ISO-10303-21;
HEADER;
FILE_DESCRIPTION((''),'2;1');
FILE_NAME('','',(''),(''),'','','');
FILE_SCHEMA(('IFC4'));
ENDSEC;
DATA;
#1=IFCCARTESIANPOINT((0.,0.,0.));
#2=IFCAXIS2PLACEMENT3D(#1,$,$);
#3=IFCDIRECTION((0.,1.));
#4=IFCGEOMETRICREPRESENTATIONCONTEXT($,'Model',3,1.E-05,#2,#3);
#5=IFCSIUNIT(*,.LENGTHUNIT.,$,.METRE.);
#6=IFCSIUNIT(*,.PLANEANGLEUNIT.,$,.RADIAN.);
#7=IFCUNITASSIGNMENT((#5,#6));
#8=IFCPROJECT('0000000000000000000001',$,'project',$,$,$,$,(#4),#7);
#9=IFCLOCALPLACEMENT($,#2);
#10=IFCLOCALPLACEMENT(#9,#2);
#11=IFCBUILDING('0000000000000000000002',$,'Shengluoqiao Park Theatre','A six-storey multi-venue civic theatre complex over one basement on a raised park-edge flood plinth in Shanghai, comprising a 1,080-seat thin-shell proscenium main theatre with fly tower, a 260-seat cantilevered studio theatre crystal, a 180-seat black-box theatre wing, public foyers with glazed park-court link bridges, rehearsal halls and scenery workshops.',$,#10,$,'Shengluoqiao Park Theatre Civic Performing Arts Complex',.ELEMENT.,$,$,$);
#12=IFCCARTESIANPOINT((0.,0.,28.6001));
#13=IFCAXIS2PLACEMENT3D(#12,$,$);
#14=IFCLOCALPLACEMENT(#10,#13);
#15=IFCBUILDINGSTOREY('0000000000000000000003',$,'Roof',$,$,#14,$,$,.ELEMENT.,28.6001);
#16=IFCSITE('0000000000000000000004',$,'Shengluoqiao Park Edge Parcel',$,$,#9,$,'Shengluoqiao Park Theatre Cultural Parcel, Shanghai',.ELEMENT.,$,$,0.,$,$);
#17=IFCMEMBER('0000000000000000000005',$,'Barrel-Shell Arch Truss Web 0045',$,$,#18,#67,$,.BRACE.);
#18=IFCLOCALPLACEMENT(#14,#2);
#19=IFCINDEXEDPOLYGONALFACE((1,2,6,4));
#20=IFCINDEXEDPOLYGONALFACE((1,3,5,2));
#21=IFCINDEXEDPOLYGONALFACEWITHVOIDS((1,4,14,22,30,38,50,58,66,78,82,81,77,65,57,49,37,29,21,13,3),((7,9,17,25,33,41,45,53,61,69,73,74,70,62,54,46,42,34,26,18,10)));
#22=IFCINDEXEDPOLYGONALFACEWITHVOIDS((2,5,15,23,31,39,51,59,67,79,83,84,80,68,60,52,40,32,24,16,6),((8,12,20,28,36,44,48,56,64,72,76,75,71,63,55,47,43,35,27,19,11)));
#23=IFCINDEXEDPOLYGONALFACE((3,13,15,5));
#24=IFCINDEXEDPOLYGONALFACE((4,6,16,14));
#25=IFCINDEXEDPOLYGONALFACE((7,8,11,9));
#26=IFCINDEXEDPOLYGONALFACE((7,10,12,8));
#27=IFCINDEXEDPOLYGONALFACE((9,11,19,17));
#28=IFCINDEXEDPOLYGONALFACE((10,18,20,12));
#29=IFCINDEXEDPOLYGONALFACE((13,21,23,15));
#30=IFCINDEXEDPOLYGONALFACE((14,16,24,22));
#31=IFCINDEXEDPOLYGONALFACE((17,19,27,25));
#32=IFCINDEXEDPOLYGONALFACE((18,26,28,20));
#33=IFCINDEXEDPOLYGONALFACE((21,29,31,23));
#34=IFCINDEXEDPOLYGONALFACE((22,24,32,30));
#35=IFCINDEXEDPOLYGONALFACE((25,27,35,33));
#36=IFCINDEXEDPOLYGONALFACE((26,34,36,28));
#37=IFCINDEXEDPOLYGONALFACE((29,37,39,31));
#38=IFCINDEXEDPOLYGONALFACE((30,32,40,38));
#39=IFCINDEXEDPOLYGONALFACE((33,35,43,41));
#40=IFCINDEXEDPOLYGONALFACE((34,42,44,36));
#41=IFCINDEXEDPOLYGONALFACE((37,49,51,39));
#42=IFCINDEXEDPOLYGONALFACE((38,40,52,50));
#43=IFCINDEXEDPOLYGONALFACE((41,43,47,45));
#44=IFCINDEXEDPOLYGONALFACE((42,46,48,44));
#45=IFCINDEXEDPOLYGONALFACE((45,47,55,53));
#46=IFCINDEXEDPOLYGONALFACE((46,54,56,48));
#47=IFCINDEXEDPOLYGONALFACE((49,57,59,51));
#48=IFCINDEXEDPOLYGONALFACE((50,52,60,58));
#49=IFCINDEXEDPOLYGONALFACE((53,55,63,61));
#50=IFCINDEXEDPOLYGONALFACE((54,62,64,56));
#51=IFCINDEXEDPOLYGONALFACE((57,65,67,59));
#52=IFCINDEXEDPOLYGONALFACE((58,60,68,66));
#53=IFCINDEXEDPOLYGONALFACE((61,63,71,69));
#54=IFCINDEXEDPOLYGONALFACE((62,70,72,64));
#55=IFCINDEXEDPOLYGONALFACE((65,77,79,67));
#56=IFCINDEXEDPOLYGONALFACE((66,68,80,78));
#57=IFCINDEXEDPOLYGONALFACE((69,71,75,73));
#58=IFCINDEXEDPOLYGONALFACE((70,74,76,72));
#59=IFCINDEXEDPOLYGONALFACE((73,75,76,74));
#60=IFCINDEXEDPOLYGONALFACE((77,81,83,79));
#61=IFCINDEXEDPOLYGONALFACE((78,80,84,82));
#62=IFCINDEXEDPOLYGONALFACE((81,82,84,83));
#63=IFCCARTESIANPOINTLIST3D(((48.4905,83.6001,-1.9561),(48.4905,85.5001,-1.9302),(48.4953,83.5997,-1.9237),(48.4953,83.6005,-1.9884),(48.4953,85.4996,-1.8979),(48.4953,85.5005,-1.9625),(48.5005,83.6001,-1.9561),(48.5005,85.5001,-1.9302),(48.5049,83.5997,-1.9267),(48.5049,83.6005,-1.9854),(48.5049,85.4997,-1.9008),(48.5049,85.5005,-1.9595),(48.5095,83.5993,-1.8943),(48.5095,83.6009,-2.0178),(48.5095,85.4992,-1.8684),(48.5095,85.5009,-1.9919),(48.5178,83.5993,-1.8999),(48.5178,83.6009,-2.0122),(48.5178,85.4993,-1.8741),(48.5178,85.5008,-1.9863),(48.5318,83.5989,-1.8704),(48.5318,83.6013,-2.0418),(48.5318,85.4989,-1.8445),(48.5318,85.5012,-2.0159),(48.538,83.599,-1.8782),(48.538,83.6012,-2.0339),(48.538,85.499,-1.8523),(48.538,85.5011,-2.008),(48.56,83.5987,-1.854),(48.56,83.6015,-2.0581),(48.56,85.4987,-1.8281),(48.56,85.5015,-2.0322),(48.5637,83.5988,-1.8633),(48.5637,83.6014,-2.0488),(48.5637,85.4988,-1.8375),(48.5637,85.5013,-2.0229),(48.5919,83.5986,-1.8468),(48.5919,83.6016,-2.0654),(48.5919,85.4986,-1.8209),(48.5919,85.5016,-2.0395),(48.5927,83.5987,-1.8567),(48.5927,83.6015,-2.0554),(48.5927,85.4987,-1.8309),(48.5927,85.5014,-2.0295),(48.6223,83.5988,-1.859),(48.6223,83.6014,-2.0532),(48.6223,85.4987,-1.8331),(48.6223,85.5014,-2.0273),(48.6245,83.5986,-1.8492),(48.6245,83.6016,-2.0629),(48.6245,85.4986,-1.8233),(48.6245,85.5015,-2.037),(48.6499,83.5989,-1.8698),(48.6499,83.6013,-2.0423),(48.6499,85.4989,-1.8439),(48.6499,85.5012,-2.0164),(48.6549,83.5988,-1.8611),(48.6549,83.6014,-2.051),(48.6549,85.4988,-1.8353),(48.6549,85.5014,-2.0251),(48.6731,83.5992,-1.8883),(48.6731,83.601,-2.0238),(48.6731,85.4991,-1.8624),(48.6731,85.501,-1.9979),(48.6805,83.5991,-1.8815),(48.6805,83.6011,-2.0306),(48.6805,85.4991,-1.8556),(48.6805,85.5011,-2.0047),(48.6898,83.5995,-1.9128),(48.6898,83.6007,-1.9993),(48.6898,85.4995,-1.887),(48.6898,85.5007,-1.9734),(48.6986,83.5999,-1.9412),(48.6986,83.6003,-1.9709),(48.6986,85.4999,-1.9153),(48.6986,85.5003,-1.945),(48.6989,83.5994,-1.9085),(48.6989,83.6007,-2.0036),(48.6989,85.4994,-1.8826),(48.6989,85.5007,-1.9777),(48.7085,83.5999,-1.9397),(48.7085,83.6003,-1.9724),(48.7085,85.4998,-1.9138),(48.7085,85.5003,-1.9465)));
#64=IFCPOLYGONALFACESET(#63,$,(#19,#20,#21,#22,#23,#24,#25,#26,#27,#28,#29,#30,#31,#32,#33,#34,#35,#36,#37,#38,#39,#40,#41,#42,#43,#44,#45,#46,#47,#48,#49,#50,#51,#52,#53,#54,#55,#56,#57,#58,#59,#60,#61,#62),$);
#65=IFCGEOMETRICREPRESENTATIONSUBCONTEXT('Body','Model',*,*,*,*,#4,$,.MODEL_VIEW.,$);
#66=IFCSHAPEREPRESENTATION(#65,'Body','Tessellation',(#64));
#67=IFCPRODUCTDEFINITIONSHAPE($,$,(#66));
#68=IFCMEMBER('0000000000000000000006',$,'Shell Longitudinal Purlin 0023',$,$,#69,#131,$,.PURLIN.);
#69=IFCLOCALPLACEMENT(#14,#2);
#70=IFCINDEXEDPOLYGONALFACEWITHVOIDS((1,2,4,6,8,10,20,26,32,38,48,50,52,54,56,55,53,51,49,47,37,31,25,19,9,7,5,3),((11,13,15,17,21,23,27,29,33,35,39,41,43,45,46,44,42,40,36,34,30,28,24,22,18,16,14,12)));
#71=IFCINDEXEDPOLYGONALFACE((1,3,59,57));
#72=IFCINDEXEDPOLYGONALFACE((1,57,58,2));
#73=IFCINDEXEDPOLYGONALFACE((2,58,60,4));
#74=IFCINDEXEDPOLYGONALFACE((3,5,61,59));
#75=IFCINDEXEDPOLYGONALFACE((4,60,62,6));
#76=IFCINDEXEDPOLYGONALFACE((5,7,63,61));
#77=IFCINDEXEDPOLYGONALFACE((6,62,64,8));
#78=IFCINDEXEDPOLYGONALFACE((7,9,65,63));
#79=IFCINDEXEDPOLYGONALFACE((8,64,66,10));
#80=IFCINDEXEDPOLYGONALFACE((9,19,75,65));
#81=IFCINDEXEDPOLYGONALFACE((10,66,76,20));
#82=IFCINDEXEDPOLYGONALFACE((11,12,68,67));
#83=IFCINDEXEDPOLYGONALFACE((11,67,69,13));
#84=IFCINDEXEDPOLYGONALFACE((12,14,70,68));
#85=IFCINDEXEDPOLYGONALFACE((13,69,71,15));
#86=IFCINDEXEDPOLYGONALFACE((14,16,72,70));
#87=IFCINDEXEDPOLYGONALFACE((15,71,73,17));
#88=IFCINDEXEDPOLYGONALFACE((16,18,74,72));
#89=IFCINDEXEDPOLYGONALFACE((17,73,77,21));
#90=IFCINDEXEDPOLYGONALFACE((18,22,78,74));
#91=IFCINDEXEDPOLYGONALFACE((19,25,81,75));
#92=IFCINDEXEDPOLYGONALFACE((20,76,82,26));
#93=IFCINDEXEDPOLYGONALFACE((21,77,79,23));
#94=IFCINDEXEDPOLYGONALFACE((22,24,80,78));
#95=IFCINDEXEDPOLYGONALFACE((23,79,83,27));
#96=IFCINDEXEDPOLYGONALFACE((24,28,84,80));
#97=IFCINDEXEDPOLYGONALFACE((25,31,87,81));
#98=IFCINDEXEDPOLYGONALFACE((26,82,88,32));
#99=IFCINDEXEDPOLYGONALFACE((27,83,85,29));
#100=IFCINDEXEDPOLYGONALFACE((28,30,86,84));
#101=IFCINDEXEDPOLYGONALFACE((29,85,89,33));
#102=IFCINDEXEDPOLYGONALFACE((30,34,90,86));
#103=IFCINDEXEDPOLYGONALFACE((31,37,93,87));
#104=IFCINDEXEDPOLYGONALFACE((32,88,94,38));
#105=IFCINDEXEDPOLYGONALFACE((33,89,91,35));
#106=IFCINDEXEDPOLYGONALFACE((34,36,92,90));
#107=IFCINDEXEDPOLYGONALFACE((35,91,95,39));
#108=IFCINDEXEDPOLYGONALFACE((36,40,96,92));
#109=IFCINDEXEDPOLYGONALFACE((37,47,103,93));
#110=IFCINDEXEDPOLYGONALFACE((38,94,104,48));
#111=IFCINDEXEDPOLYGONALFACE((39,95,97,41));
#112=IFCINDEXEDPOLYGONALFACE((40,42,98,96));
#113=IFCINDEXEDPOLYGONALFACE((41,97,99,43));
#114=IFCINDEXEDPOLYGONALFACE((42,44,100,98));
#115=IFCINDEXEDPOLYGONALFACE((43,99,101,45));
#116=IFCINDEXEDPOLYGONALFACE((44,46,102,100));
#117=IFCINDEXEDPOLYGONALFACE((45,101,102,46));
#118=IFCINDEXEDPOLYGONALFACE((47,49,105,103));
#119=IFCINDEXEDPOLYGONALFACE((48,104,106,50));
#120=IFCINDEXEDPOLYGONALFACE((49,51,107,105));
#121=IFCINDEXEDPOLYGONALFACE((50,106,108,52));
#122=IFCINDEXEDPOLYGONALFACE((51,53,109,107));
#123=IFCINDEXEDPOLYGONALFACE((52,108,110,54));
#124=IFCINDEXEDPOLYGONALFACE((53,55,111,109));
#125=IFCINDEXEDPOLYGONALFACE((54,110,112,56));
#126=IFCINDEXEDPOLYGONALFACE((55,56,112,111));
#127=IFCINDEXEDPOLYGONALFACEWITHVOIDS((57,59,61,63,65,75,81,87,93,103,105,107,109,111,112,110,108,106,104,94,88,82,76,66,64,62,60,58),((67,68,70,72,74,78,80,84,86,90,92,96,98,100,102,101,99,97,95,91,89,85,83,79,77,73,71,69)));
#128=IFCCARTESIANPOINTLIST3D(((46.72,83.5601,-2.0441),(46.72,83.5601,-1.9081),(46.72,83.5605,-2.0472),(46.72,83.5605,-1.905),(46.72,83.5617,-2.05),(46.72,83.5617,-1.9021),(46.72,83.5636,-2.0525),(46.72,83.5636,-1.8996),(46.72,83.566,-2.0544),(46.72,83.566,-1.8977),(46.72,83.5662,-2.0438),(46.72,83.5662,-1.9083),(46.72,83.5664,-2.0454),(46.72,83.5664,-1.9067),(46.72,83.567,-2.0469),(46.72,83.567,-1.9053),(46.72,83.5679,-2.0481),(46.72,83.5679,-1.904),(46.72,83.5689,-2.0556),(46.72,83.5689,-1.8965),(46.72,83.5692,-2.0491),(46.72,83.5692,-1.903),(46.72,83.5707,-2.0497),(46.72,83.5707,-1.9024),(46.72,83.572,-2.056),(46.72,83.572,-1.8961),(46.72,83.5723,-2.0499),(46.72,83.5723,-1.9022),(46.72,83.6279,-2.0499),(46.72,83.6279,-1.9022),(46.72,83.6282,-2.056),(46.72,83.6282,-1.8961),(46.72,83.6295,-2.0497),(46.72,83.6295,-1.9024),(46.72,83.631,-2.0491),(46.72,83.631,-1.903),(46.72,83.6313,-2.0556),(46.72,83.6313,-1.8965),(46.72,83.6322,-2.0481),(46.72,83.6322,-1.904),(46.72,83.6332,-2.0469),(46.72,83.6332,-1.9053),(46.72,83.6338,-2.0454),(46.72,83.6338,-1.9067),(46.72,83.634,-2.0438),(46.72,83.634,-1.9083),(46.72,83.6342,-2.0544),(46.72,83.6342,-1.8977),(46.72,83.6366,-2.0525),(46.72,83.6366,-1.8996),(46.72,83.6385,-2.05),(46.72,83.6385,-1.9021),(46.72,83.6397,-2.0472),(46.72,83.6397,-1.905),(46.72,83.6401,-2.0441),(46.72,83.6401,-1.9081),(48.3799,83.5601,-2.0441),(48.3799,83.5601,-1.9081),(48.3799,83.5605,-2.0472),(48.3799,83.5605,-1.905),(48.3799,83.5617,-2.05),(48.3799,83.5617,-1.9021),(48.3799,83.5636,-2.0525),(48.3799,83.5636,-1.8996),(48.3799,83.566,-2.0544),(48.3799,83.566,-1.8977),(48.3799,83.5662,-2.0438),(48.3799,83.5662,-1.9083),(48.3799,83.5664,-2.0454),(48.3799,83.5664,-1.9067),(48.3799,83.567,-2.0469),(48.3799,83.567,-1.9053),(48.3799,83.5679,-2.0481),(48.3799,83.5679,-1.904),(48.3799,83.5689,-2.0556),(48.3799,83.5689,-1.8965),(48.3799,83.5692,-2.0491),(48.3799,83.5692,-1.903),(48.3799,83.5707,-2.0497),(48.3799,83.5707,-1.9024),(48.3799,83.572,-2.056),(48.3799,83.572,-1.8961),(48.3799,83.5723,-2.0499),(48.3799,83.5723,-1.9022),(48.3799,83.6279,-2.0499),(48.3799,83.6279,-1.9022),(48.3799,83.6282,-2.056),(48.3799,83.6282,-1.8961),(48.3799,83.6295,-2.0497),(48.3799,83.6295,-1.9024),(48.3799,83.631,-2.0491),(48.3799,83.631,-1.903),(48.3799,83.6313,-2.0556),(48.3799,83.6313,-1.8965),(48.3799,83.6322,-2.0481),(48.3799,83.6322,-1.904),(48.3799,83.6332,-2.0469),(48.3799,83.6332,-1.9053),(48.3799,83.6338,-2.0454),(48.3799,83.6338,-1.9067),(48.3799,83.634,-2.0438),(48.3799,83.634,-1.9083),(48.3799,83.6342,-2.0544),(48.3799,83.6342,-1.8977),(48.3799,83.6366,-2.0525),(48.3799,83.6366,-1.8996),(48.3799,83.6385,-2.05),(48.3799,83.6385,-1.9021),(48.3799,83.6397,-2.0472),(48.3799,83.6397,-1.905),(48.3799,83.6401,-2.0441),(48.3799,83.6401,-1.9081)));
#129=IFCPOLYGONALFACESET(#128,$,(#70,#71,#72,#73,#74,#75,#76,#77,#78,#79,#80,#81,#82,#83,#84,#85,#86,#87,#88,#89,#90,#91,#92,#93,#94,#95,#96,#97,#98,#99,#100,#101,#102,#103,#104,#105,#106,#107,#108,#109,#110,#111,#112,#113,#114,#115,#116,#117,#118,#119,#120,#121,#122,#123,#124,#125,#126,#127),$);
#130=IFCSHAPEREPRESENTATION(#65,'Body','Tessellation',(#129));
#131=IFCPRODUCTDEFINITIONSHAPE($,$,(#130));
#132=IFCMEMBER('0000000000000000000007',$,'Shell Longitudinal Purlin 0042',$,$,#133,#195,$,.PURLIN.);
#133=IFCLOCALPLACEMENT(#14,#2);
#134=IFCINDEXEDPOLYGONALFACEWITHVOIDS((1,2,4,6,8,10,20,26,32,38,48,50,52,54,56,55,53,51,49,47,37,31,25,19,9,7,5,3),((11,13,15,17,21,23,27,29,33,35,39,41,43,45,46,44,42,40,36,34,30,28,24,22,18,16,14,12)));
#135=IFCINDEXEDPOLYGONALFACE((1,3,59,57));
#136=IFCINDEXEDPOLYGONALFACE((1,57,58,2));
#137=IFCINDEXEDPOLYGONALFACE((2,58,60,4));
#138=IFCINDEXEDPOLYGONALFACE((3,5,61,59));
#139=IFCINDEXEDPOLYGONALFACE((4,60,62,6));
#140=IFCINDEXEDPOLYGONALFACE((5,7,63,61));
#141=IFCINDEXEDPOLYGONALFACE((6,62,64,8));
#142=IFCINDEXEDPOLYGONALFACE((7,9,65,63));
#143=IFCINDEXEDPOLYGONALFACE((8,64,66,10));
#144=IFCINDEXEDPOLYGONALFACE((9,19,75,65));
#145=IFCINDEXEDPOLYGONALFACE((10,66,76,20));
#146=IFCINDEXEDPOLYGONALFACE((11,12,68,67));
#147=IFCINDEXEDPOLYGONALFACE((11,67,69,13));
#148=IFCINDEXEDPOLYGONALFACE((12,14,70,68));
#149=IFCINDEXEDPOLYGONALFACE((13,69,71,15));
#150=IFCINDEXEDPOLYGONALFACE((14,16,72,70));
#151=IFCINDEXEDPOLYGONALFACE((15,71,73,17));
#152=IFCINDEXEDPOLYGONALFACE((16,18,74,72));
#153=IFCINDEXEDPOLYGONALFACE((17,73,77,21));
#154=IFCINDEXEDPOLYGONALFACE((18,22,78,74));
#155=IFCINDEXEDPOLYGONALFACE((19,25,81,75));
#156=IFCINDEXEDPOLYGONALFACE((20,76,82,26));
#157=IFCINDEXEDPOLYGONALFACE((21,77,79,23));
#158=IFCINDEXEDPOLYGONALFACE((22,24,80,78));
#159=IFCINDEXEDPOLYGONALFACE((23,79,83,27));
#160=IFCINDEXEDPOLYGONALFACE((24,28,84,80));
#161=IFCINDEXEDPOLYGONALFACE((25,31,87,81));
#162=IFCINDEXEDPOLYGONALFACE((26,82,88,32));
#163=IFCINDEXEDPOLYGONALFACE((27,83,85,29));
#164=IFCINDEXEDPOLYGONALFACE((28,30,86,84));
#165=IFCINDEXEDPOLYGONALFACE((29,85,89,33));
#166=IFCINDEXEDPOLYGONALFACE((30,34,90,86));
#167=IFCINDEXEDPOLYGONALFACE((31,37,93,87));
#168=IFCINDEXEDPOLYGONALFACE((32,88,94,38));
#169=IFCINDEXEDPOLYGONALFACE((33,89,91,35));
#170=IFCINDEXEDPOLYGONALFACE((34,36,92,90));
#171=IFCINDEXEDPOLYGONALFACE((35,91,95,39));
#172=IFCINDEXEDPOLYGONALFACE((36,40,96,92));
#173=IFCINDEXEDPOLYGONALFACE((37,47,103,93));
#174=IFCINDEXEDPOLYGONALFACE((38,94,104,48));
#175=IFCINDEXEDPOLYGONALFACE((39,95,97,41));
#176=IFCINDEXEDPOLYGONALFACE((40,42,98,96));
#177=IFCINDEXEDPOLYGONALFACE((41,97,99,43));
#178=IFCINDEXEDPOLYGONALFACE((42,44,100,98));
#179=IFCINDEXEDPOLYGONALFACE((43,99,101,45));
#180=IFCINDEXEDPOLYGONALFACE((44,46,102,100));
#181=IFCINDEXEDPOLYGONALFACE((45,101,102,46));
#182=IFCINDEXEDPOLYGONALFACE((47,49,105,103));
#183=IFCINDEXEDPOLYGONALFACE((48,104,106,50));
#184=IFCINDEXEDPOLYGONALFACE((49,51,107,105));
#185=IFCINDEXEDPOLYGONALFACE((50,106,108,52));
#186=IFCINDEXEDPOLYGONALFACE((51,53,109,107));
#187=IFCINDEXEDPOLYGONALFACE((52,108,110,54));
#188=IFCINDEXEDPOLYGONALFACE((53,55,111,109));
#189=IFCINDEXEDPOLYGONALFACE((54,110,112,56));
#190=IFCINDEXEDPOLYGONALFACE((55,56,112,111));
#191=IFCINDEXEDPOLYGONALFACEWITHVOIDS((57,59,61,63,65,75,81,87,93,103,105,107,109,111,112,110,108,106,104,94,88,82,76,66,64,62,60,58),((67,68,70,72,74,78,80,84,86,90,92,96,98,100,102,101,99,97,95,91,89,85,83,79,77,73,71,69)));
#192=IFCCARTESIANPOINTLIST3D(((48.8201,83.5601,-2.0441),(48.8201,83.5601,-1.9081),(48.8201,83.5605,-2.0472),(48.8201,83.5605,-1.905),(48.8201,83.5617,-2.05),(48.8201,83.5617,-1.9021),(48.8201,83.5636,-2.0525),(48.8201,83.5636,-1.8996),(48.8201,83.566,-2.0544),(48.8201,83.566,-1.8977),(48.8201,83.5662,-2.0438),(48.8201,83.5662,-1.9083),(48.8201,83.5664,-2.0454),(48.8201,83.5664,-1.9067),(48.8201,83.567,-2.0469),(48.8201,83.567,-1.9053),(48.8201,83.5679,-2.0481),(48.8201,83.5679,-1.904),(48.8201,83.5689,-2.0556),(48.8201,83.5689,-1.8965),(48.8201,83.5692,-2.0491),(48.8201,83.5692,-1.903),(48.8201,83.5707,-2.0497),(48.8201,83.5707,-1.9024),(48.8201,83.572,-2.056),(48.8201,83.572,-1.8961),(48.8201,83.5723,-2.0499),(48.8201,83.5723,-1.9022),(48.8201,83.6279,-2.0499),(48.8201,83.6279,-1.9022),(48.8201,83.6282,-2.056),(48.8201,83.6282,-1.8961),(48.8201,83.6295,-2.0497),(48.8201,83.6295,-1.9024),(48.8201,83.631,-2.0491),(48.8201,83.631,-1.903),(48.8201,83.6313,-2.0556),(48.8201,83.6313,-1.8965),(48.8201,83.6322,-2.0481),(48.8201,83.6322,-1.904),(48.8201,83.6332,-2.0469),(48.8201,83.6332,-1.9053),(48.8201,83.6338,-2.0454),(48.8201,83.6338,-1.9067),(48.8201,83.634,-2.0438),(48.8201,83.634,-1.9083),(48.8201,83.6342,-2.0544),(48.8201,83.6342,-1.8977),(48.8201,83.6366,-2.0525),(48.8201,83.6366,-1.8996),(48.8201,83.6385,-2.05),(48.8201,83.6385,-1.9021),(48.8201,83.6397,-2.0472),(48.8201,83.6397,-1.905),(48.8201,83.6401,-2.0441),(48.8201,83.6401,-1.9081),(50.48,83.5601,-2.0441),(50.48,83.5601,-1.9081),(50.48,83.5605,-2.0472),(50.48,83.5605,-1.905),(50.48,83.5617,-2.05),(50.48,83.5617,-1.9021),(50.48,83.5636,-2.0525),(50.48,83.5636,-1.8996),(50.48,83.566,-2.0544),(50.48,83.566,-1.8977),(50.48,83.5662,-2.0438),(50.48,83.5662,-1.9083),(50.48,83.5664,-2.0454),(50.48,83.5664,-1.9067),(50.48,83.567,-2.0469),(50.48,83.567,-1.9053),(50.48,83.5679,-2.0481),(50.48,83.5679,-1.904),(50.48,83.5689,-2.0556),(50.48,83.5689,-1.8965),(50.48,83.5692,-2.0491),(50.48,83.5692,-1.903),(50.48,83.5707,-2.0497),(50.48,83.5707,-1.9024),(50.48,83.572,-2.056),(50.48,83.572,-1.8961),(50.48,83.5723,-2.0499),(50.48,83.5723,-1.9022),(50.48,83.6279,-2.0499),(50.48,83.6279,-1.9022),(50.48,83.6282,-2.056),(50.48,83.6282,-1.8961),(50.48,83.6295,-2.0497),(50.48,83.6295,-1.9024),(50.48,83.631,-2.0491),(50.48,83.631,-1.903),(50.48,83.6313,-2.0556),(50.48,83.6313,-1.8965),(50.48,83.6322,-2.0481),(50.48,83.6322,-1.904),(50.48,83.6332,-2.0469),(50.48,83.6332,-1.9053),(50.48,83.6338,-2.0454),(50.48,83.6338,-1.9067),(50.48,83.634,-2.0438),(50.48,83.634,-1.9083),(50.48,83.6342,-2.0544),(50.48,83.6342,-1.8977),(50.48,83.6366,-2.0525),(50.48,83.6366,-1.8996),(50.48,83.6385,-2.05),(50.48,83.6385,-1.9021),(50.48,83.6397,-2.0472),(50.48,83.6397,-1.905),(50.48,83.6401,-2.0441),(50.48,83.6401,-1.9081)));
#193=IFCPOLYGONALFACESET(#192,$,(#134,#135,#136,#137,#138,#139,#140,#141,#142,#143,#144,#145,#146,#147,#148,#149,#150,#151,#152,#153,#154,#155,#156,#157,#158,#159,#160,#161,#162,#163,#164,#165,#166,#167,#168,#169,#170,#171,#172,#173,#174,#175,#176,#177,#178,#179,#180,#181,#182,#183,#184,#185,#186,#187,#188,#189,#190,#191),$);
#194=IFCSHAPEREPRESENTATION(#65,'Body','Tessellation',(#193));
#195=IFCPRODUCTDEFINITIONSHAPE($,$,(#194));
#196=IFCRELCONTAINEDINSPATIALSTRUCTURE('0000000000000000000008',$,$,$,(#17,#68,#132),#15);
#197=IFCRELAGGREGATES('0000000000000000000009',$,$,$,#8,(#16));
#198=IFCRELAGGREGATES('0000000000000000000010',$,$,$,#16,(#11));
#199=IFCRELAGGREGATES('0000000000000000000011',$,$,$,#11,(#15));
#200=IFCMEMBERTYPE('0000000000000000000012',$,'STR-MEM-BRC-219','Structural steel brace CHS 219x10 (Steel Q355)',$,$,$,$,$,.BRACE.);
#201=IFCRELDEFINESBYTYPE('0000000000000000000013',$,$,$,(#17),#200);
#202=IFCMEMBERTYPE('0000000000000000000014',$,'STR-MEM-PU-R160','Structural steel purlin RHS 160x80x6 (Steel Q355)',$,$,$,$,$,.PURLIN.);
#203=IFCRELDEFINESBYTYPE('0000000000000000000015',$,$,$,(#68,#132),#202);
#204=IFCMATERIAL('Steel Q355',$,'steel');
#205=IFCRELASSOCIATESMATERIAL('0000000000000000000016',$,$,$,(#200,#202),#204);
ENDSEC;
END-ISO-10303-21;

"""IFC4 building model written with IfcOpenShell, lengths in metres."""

from ifc_helpers import new_model, si_unit, direction, frame, origin, origin_2d, place, context, subcontext, project, spatial, hollow_rectangle, hollow_circle, extrude, material, material_profile, profile_set, type_object, element, save


model = new_model("IFC4")

# Units and contexts
model_context = context("Model", 3, precision=1e-05, world=origin(), true_north=direction((0.0, 1.0)))
body_context = subcontext(model_context, "Body", "Model", "MODEL_VIEW")
ifc_project = project(units=[si_unit("LENGTHUNIT", "METRE"), si_unit("PLANEANGLEUNIT", "RADIAN")], contexts=[model_context])

# Site, building, storey
site_placement = place(None, origin())
site = spatial("IfcSite", under=ifc_project, at=site_placement, Name="Shengluoqiao Park Edge Parcel", LongName="Shengluoqiao Park Theatre Cultural Parcel, Shanghai", CompositionType="ELEMENT", RefElevation=0.0)
building_placement = place(site_placement, origin())
building = spatial("IfcBuilding", under=site, at=building_placement, Name="Shengluoqiao Park Theatre", Description="A six-storey multi-venue civic theatre complex over one basement on a raised park-edge flood plinth in Shanghai, comprising a 1,080-seat thin-shell proscenium main theatre with fly tower, a 260-seat cantilevered studio theatre crystal, a 180-seat black-box theatre wing, public foyers with glazed park-court link bridges, rehearsal halls and scenery workshops.", LongName="Shengluoqiao Park Theatre Civic Performing Arts Complex", CompositionType="ELEMENT")
storey_placement = place(building_placement, frame((0.0, 0.0, 28.6001)))
storey = spatial("IfcBuildingStorey", under=building, at=storey_placement, Name="Roof", CompositionType="ELEMENT", Elevation=28.6001)

# Shared definitions
ifc_material_1 = material(Name="Steel Q355", Category="steel")

# Members
ifc_material_profile_1 = material_profile(ifc_material_1, hollow_circle(Radius=0.1096, WallThickness=0.01, at=origin_2d()), Name="CHS 219x10")
ifc_profile_set_1 = profile_set([ifc_material_profile_1], Name="Steel Q355")
member_type_1 = type_object("IfcMemberType", Name="STR-MEM-BRC-219", Description="Structural steel brace CHS 219x10 (Steel Q355)", PredefinedType="BRACE", material=ifc_profile_set_1)
member_1_placement = place(storey_placement, frame((48.6001, 83.6001, -1.9561), z_axis=(0.0, 0.999907, 0.01362), x_axis=(-1.0, 0.0, 0.0)))
element("IfcMember", 1, at=member_1_placement, inside=storey, type_object=member_type_1, Name="Barrel-Shell Arch Truss Web 0045", PredefinedType="BRACE", context=body_context, shape_type="SweptSolid", body=[
    extrude(hollow_circle(Radius=0.1096, WallThickness=0.01, at=origin_2d()), origin(), (0.0, 0.0, 1.0), 1.9001),
])
ifc_material_profile_2 = material_profile(ifc_material_1, hollow_rectangle(XDim=0.0801, YDim=0.1599, WallThickness=0.0061, InnerFilletRadius=0.0061, OuterFilletRadius=0.012, at=origin_2d()), Name="RHS 160x80x6")
ifc_profile_set_2 = profile_set([ifc_material_profile_2], Name="Steel Q355")
member_type_2 = type_object("IfcMemberType", Name="STR-MEM-PU-R160", Description="Structural steel purlin RHS 160x80x6 (Steel Q355)", PredefinedType="PURLIN", material=ifc_profile_set_2)
for number, where, z_axis, x_axis, name in (
    (2, (46.72, 83.6001, -1.9761), (1.0, 0.0, 0.0), (0.0, 1.0, 0.0), "Shell Longitudinal Purlin 0023"),
    (3, (48.8201, 83.6001, -1.9761), (1.0, 0.0, 0.0), (0.0, 1.0, 0.0), "Shell Longitudinal Purlin 0042"),
):
    element("IfcMember", number, at=place(storey_placement, frame(where, z_axis=z_axis, x_axis=x_axis)), inside=storey, type_object=member_type_2, Name=name, PredefinedType="PURLIN", context=body_context, shape_type="SweptSolid", body=[
        extrude(hollow_rectangle(XDim=0.0801, YDim=0.1599, WallThickness=0.0061, InnerFilletRadius=0.0061, OuterFilletRadius=0.012, at=origin_2d()), origin(), (0.0, 0.0, 1.0), 1.6599),
    ])

save(model, "model.ifc")
